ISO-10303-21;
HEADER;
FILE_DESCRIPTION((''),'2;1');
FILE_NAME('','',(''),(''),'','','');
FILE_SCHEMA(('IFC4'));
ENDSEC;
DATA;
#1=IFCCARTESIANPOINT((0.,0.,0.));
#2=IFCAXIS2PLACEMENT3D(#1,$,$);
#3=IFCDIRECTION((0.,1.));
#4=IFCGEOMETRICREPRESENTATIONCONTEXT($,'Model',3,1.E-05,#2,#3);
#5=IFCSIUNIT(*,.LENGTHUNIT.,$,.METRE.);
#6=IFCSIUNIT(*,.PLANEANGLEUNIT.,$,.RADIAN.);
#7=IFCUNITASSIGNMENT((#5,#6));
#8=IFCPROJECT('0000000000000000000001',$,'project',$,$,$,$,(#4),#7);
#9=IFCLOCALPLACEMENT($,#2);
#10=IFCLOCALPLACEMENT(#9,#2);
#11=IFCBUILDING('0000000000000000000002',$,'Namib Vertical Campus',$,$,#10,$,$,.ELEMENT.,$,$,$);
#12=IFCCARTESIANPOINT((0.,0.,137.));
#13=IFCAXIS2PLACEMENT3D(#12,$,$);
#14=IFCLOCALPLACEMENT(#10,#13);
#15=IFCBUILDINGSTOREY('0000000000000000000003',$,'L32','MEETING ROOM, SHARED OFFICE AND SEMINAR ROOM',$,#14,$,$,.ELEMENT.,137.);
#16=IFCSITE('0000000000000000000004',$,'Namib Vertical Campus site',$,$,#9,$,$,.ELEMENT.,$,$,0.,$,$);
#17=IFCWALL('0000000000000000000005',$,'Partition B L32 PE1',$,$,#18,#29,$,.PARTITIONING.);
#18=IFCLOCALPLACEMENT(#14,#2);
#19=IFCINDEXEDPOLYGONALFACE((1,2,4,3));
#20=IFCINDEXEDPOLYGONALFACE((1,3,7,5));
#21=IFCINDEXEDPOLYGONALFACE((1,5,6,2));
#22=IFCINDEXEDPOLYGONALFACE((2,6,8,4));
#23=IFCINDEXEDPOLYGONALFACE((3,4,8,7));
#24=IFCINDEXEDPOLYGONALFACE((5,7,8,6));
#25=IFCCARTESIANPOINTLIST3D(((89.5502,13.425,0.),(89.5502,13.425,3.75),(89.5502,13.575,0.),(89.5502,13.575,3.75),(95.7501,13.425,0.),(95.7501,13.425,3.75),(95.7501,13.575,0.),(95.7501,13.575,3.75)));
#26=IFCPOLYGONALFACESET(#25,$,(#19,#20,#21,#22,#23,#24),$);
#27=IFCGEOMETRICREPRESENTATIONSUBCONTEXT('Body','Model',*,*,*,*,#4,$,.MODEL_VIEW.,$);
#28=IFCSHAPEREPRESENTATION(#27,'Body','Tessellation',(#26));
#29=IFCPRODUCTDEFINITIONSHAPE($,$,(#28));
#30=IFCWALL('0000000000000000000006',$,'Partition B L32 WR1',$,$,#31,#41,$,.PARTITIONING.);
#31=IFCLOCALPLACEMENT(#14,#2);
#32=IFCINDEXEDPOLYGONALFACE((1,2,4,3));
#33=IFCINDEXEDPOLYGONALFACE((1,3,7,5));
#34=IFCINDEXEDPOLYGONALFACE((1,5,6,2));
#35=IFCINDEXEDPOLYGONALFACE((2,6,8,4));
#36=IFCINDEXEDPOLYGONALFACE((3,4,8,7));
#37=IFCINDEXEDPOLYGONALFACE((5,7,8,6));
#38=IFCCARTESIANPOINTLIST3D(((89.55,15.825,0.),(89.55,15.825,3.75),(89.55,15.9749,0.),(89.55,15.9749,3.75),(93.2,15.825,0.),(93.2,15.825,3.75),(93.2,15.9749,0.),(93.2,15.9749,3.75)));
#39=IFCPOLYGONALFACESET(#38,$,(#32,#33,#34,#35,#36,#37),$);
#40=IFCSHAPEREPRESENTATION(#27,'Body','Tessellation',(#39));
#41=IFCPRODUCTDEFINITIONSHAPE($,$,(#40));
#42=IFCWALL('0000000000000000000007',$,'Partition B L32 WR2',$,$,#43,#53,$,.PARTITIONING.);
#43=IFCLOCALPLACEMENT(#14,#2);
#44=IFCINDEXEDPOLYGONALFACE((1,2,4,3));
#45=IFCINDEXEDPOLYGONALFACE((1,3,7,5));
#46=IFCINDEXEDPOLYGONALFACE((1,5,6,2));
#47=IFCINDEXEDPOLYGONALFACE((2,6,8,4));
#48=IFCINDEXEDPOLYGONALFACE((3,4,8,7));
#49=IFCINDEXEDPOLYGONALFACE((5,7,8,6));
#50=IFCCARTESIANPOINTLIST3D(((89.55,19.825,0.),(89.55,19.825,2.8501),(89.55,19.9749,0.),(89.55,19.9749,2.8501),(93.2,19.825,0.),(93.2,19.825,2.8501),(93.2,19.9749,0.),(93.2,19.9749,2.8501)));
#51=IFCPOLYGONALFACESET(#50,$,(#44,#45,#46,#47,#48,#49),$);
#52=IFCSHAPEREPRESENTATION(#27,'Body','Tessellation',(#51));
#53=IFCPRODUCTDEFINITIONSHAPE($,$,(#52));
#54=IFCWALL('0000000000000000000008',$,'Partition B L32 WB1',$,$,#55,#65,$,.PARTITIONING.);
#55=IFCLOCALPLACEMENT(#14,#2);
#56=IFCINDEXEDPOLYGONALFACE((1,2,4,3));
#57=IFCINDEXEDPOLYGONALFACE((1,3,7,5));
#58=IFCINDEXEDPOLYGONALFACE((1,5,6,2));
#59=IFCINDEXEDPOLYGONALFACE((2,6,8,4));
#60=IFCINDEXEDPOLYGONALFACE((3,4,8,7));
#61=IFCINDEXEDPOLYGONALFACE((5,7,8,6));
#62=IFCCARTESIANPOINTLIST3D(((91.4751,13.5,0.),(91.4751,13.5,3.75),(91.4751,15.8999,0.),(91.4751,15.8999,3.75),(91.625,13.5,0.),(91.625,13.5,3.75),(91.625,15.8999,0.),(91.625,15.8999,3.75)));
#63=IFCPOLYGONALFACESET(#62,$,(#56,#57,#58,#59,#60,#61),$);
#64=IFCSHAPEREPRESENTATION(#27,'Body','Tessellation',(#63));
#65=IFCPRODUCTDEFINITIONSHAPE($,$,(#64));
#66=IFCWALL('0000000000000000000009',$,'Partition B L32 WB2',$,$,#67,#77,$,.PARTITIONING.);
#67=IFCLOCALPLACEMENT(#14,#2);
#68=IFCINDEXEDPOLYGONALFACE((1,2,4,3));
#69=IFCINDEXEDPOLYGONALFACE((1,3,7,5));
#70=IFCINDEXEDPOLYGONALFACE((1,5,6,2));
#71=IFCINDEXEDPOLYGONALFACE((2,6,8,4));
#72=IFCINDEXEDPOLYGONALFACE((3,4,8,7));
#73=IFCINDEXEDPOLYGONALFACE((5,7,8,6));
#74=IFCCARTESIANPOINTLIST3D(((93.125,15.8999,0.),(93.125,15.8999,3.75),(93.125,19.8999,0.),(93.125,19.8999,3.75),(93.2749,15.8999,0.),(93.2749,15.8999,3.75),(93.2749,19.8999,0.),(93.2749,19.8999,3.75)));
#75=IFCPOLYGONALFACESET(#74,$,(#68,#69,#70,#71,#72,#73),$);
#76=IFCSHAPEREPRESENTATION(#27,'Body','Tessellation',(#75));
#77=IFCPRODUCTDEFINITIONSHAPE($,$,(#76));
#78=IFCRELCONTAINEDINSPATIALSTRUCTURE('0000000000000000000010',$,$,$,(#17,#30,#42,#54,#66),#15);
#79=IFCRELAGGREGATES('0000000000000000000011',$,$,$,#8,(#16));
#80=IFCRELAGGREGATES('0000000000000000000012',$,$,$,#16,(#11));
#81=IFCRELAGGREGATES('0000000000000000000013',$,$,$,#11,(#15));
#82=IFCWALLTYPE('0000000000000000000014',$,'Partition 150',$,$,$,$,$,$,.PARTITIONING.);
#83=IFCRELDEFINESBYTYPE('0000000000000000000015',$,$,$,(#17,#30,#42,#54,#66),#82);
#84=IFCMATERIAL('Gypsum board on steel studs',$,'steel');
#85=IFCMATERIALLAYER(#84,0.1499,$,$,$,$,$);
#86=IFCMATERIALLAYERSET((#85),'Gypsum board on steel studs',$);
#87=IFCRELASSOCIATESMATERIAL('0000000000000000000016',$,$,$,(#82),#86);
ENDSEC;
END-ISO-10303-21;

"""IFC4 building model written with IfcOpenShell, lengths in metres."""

from ifc_helpers import new_model, si_unit, direction, frame, frame_2d, origin, place, context, subcontext, project, spatial, rectangle, extrude, material, layer, layer_set, type_object, element, save


model = new_model("IFC4")

# Units and contexts
model_context = context("Model", 3, precision=1e-05, world=origin(), true_north=direction((0.0, 1.0)))
body_context = subcontext(model_context, "Body", "Model", "MODEL_VIEW")
ifc_project = project(units=[si_unit("LENGTHUNIT", "METRE"), si_unit("PLANEANGLEUNIT", "RADIAN")], contexts=[model_context])

# Site, building, storey
site_placement = place(None, origin())
site = spatial("IfcSite", under=ifc_project, at=site_placement, Name="Namib Vertical Campus site", CompositionType="ELEMENT", RefElevation=0.0)
building_placement = place(site_placement, origin())
building = spatial("IfcBuilding", under=site, at=building_placement, Name="Namib Vertical Campus", CompositionType="ELEMENT")
storey_placement = place(building_placement, frame((0.0, 0.0, 137.0)))
storey = spatial("IfcBuildingStorey", under=building, at=storey_placement, Name="L32", Description="MEETING ROOM, SHARED OFFICE AND SEMINAR ROOM", CompositionType="ELEMENT", Elevation=137.0)

# Walls
ifc_material_1 = material(Name="Gypsum board on steel studs", Category="steel")
ifc_layer_1 = layer(ifc_material_1, 0.1499)
ifc_layer_set_1 = layer_set([ifc_layer_1], Name="Gypsum board on steel studs")
wall_type_1 = type_object("IfcWallType", Name="Partition 150", PredefinedType="PARTITIONING", material=ifc_layer_set_1)
wall_1_placement = place(storey_placement, frame((89.55, 13.5, 0.0), z_axis=(0.0, 0.0, 1.0), x_axis=(1.0, 0.0, 0.0)))
element("IfcWall", 1, at=wall_1_placement, inside=storey, type_object=wall_type_1, Name="Partition B L32 PE1", PredefinedType="PARTITIONING", context=body_context, shape_type="SweptSolid", body=[
    extrude(rectangle(XDim=6.2, YDim=0.1499, at=frame_2d((3.1001, 0.0))), origin(), (0.0, 0.0, 1.0), 3.75),
])
wall_2_placement = place(storey_placement, frame((89.55, 15.8999, 0.0), z_axis=(0.0, 0.0, 1.0), x_axis=(1.0, 0.0, 0.0)))
element("IfcWall", 2, at=wall_2_placement, inside=storey, type_object=wall_type_1, Name="Partition B L32 WR1", PredefinedType="PARTITIONING", context=body_context, shape_type="SweptSolid", body=[
    extrude(rectangle(XDim=3.6499, YDim=0.1499, at=frame_2d((1.825, 0.0))), origin(), (0.0, 0.0, 1.0), 3.75),
])
wall_3_placement = place(storey_placement, frame((89.55, 19.8999, 0.0), z_axis=(0.0, 0.0, 1.0), x_axis=(1.0, 0.0, 0.0)))
element("IfcWall", 3, at=wall_3_placement, inside=storey, type_object=wall_type_1, Name="Partition B L32 WR2", PredefinedType="PARTITIONING", context=body_context, shape_type="SweptSolid", body=[
    extrude(rectangle(XDim=3.6499, YDim=0.1499, at=frame_2d((1.825, 0.0))), origin(), (0.0, 0.0, 1.0), 2.8501),
])
wall_4_placement = place(storey_placement, frame((91.55, 13.5, 0.0), z_axis=(0.0, 0.0, 1.0), x_axis=(0.0, 1.0, 0.0)))
element("IfcWall", 4, at=wall_4_placement, inside=storey, type_object=wall_type_1, Name="Partition B L32 WB1", PredefinedType="PARTITIONING", context=body_context, shape_type="SweptSolid", body=[
    extrude(rectangle(XDim=2.3999, YDim=0.1499, at=frame_2d((1.2, 0.0))), origin(), (0.0, 0.0, 1.0), 3.75),
])
wall_5_placement = place(storey_placement, frame((93.2, 15.8999, 0.0), z_axis=(0.0, 0.0, 1.0), x_axis=(0.0, 1.0, 0.0)))
element("IfcWall", 5, at=wall_5_placement, inside=storey, type_object=wall_type_1, Name="Partition B L32 WB2", PredefinedType="PARTITIONING", context=body_context, shape_type="SweptSolid", body=[
    extrude(rectangle(XDim=4.0, YDim=0.1499, at=frame_2d((2.0, 0.0))), origin(), (0.0, 0.0, 1.0), 3.75),
])

save(model, "model.ifc")
